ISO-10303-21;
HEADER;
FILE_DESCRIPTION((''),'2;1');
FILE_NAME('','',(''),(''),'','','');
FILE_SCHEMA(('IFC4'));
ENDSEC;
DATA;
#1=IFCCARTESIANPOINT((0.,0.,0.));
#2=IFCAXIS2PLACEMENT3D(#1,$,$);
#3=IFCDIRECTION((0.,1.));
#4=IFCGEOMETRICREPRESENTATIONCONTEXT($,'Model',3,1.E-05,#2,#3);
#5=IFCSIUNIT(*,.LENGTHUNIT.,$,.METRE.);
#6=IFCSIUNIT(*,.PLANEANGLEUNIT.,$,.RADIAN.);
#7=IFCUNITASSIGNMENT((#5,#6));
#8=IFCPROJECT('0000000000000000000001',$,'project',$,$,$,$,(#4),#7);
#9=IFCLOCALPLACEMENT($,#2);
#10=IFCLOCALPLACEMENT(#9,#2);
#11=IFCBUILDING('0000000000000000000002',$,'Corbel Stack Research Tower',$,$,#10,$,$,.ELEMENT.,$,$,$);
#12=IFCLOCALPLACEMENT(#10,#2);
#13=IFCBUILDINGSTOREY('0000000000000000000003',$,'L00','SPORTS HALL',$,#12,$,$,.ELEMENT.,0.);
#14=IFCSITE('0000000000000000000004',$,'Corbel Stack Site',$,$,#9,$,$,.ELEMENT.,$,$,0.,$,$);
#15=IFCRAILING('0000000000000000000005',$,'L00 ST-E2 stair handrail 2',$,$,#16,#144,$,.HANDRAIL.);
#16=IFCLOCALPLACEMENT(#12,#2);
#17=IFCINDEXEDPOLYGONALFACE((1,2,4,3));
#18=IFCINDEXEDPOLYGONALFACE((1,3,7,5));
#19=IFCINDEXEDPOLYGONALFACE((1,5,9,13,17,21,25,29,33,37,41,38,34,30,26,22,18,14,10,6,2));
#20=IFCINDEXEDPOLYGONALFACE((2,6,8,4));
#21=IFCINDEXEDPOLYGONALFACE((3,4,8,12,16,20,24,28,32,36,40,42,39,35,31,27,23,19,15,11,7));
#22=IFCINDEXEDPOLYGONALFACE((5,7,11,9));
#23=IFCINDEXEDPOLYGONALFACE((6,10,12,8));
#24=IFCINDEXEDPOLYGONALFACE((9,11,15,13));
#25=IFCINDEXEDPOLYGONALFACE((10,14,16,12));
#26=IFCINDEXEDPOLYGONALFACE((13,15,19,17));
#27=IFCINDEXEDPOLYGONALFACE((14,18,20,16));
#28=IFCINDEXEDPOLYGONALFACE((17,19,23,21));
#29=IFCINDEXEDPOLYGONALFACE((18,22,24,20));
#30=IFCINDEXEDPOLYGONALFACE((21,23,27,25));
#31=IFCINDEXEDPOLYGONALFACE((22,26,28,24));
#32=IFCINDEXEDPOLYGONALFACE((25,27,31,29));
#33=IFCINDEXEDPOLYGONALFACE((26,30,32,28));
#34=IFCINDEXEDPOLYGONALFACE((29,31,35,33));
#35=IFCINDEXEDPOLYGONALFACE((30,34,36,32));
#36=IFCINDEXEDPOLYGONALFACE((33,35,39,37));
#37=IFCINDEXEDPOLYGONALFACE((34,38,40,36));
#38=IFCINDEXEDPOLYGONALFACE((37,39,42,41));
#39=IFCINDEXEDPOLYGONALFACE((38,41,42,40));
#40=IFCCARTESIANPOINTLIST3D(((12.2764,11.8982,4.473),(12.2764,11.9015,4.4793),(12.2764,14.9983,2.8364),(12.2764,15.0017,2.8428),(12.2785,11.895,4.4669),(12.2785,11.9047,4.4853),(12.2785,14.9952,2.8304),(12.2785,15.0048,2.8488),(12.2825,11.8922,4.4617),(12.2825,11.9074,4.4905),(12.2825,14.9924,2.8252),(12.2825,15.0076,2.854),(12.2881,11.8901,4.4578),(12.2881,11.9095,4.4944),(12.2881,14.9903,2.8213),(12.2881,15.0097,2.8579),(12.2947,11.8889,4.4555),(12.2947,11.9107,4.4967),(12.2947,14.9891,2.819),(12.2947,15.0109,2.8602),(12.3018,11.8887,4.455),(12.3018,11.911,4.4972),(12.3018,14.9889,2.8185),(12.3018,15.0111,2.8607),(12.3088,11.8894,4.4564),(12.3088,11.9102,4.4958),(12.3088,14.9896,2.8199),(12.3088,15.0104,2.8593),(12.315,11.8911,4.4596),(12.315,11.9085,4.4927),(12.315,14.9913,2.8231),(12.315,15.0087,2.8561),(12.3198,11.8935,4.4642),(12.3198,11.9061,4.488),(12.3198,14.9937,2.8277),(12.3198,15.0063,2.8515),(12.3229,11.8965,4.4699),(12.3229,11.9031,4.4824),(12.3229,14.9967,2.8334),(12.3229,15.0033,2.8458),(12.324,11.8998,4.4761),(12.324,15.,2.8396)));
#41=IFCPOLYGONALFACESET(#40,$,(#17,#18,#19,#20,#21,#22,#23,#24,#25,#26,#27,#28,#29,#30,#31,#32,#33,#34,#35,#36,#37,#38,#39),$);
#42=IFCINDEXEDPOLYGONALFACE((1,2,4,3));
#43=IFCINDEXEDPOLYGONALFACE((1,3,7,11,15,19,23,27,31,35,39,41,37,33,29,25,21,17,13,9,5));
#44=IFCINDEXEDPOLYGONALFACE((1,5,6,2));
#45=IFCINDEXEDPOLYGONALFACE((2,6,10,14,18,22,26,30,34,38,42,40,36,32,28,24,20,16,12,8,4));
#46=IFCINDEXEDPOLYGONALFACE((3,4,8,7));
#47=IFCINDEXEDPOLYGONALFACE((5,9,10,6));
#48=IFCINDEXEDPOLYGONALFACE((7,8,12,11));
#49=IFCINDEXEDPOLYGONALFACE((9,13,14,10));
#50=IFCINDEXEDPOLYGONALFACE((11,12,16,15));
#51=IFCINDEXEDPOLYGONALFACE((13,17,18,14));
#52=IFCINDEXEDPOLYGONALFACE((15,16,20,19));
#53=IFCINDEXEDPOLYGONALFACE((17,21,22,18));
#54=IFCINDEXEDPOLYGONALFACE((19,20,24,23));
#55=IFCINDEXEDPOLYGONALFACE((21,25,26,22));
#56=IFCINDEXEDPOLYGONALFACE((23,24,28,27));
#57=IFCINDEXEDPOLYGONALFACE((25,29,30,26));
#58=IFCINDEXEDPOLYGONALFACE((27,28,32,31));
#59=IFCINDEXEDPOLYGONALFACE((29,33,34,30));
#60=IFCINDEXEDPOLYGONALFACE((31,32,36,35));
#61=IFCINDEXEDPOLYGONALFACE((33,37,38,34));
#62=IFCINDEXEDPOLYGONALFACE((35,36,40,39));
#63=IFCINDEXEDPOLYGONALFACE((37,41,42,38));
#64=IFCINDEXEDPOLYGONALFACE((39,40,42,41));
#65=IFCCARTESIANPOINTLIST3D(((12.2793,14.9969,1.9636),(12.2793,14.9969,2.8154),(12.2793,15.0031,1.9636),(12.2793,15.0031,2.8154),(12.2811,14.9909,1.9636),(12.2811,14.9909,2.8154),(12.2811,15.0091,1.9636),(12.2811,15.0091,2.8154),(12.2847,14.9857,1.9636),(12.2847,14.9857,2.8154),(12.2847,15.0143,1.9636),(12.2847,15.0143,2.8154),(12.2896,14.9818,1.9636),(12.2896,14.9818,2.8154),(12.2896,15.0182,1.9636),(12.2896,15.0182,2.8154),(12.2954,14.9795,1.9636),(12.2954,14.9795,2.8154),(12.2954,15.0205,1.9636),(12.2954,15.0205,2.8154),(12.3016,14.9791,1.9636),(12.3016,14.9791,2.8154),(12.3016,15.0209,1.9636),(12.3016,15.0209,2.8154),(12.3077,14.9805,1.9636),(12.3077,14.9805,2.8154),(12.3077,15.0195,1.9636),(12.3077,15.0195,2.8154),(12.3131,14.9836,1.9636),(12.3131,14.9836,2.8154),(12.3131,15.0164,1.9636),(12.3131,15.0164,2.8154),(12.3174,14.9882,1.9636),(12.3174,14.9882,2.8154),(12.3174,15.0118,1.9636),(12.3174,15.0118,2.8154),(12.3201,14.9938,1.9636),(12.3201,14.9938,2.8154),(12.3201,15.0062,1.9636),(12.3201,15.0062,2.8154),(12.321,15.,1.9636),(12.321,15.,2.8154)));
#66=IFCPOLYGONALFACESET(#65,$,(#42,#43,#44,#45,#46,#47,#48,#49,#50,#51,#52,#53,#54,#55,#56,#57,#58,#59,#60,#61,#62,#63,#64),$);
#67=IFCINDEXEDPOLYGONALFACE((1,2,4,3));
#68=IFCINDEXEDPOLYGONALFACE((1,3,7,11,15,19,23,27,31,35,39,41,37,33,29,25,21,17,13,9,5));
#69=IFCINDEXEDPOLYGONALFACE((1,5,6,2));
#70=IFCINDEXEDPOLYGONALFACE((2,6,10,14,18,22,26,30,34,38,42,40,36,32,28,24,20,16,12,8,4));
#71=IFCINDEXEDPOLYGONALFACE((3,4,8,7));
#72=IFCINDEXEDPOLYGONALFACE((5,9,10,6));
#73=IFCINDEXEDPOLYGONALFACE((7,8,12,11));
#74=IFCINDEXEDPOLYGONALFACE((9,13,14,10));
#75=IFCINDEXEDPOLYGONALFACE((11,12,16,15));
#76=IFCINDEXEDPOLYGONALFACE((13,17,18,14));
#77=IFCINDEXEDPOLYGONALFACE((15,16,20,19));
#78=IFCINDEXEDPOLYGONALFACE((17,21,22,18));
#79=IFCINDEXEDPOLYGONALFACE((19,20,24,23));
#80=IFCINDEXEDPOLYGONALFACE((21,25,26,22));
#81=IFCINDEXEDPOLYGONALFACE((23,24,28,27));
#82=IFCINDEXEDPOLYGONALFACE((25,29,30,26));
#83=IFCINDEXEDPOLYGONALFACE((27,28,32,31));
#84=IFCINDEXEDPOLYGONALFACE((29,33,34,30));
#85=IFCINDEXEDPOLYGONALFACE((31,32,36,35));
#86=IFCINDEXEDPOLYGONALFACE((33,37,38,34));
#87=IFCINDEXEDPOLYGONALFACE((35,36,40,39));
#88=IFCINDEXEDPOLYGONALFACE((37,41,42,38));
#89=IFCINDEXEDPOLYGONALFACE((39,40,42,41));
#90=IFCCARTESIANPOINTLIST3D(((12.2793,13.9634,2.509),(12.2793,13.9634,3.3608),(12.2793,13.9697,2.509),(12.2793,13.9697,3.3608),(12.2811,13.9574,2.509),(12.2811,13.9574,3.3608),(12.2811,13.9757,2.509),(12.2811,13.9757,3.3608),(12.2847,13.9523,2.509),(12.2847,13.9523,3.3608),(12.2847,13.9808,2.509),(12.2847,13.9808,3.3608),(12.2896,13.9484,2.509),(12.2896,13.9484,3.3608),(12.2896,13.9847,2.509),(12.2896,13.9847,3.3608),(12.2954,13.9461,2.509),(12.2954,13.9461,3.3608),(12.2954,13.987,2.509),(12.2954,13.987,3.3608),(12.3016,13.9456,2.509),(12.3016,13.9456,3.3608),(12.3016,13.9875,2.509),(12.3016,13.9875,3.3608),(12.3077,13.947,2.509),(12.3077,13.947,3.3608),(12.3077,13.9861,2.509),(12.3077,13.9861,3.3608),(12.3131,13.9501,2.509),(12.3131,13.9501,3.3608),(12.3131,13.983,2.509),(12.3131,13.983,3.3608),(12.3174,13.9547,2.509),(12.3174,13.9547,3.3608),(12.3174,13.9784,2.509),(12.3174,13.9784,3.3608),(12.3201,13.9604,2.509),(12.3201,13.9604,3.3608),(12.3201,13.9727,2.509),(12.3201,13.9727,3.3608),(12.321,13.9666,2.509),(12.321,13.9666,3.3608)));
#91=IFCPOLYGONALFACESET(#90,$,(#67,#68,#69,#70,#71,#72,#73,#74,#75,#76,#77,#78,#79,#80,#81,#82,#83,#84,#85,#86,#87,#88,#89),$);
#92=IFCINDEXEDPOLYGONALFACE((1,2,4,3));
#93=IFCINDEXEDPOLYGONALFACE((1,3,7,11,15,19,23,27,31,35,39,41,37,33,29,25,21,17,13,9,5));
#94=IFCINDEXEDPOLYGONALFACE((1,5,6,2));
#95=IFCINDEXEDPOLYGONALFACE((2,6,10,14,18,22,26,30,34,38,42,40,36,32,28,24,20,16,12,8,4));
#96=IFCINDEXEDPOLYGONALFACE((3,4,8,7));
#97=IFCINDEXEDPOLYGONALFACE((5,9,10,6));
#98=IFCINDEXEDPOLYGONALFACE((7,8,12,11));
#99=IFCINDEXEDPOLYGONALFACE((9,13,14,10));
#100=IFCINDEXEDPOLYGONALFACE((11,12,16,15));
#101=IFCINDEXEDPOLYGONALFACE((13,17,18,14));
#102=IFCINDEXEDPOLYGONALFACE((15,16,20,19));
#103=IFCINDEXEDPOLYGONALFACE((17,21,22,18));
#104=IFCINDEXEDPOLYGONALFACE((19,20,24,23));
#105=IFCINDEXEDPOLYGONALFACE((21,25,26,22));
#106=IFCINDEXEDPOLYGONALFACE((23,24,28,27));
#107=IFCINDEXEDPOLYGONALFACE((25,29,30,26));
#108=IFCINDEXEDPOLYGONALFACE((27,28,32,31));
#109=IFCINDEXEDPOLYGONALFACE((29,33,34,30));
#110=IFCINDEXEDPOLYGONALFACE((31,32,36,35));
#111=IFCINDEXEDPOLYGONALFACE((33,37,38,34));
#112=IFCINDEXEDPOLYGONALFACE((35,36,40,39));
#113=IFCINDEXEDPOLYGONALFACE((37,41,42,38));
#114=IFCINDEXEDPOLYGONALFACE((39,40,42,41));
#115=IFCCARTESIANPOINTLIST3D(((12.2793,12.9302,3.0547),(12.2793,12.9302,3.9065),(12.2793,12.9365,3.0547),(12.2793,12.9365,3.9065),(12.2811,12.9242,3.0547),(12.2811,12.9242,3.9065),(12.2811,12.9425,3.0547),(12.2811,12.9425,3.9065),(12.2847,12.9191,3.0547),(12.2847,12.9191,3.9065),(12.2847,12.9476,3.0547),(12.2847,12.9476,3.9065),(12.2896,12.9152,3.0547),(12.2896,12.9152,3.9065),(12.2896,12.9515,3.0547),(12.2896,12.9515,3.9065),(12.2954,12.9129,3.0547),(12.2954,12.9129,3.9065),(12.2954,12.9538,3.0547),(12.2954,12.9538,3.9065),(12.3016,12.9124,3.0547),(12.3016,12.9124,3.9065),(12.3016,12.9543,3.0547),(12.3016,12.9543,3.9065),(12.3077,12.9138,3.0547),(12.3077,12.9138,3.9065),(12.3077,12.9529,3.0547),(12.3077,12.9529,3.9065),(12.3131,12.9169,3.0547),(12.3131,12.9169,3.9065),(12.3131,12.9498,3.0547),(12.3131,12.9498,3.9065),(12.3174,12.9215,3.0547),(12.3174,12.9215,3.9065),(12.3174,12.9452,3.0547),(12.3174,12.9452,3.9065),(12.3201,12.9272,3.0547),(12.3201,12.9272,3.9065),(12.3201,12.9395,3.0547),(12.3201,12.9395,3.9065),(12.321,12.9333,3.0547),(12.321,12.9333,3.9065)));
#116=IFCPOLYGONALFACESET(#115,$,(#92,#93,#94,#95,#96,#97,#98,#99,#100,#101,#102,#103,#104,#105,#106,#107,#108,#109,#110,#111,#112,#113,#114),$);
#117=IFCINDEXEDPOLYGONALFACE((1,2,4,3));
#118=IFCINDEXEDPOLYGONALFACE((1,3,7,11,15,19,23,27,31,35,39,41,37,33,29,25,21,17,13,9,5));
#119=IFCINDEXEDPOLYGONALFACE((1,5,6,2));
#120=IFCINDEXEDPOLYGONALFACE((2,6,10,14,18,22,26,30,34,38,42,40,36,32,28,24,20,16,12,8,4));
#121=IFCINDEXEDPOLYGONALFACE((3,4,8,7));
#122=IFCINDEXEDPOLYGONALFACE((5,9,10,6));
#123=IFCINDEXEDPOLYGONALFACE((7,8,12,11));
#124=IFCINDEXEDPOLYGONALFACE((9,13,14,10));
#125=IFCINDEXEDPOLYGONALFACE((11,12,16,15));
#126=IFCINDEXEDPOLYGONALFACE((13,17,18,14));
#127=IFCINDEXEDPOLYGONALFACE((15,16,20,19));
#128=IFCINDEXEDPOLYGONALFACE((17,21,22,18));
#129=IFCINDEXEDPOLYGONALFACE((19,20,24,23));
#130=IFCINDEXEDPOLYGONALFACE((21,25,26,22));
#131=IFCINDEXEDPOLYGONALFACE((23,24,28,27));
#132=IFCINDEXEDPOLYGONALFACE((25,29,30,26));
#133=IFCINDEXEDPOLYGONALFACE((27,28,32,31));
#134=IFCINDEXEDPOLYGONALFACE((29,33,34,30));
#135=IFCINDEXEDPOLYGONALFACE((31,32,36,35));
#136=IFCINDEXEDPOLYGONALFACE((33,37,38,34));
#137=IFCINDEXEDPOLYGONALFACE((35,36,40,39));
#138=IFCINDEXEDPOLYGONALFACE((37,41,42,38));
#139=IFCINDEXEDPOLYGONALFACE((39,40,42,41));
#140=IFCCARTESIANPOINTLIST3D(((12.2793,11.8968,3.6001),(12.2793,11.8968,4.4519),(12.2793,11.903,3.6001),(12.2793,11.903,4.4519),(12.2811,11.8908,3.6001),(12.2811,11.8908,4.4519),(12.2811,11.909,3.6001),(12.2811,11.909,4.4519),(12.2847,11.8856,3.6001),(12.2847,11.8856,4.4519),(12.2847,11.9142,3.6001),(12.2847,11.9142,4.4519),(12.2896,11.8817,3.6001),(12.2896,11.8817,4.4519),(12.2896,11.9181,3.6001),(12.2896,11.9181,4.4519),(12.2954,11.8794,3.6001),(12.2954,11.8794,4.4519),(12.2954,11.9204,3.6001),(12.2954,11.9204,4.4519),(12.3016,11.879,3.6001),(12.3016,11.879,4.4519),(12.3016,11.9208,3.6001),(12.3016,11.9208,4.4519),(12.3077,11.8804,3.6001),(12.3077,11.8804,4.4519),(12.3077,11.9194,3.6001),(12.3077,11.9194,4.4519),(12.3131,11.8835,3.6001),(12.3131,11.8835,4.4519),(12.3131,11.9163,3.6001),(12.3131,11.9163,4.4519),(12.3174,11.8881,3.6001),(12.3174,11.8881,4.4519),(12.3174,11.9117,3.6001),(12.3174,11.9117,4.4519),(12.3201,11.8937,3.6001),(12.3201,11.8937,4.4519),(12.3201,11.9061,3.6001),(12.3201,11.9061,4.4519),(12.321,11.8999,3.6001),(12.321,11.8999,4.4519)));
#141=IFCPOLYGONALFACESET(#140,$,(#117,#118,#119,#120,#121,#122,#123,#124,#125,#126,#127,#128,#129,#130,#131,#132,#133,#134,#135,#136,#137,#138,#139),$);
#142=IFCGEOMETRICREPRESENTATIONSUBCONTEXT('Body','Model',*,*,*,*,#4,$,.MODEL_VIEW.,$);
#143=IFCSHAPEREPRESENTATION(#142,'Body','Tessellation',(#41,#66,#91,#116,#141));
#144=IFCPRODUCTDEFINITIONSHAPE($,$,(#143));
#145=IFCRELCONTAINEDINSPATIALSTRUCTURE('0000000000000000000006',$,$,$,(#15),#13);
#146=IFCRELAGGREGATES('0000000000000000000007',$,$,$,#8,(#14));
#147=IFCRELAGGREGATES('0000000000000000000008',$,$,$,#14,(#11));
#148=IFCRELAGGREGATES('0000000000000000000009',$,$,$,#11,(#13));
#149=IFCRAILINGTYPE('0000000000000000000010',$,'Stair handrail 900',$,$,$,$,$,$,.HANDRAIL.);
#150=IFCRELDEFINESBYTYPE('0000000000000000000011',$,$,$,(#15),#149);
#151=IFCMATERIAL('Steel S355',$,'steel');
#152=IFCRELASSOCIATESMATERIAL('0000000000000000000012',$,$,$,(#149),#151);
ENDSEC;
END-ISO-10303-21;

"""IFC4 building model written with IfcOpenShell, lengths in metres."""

from ifc_helpers import new_model, si_unit, direction, frame, origin, origin_2d, place, context, subcontext, project, spatial, circle, extrude, material, type_object, element, save


model = new_model("IFC4")

# Units and contexts
model_context = context("Model", 3, precision=1e-05, world=origin(), true_north=direction((0.0, 1.0)))
body_context = subcontext(model_context, "Body", "Model", "MODEL_VIEW")
ifc_project = project(units=[si_unit("LENGTHUNIT", "METRE"), si_unit("PLANEANGLEUNIT", "RADIAN")], contexts=[model_context])

# Site, building, storey
site_placement = place(None, origin())
site = spatial("IfcSite", under=ifc_project, at=site_placement, Name="Corbel Stack Site", CompositionType="ELEMENT", RefElevation=0.0)
building_placement = place(site_placement, origin())
building = spatial("IfcBuilding", under=site, at=building_placement, Name="Corbel Stack Research Tower", CompositionType="ELEMENT")
storey_placement = place(building_placement, origin())
storey = spatial("IfcBuildingStorey", under=building, at=storey_placement, Name="L00", Description="SPORTS HALL", CompositionType="ELEMENT", Elevation=0.0)

# Railing
ifc_material_1 = material(Name="Steel S355", Category="steel")
railing_type_1 = type_object("IfcRailingType", Name="Stair handrail 900", PredefinedType="HANDRAIL", material=ifc_material_1)
railing_1_placement = place(storey_placement, frame((12.3, 15.0, 1.9636)))
element("IfcRailing", 1, at=railing_1_placement, inside=storey, type_object=railing_type_1, Name="L00 ST-E2 stair handrail 2", PredefinedType="HANDRAIL", context=body_context, shape_type="SweptSolid", body=[
    extrude(circle(Radius=0.0239, at=origin_2d()), frame((0.0, 0.0, 0.876), z_axis=(0.0, -0.884348, 0.466828), x_axis=(1.0, 0.0, 0.0)), (0.0, 0.0, 1.0), 3.5056),
    extrude(circle(Radius=0.021, at=origin_2d()), origin(), (0.0, 0.0, 1.0), 0.8518),
    extrude(circle(Radius=0.021, at=origin_2d()), frame((0.0, -1.0334, 0.5454)), (0.0, 0.0, 1.0), 0.8518),
    extrude(circle(Radius=0.021, at=origin_2d()), frame((0.0, -2.0667, 1.0911)), (0.0, 0.0, 1.0), 0.8518),
    extrude(circle(Radius=0.021, at=origin_2d()), frame((0.0, -3.1001, 1.6365)), (0.0, 0.0, 1.0), 0.8518),
])

save(model, "model.ifc")
